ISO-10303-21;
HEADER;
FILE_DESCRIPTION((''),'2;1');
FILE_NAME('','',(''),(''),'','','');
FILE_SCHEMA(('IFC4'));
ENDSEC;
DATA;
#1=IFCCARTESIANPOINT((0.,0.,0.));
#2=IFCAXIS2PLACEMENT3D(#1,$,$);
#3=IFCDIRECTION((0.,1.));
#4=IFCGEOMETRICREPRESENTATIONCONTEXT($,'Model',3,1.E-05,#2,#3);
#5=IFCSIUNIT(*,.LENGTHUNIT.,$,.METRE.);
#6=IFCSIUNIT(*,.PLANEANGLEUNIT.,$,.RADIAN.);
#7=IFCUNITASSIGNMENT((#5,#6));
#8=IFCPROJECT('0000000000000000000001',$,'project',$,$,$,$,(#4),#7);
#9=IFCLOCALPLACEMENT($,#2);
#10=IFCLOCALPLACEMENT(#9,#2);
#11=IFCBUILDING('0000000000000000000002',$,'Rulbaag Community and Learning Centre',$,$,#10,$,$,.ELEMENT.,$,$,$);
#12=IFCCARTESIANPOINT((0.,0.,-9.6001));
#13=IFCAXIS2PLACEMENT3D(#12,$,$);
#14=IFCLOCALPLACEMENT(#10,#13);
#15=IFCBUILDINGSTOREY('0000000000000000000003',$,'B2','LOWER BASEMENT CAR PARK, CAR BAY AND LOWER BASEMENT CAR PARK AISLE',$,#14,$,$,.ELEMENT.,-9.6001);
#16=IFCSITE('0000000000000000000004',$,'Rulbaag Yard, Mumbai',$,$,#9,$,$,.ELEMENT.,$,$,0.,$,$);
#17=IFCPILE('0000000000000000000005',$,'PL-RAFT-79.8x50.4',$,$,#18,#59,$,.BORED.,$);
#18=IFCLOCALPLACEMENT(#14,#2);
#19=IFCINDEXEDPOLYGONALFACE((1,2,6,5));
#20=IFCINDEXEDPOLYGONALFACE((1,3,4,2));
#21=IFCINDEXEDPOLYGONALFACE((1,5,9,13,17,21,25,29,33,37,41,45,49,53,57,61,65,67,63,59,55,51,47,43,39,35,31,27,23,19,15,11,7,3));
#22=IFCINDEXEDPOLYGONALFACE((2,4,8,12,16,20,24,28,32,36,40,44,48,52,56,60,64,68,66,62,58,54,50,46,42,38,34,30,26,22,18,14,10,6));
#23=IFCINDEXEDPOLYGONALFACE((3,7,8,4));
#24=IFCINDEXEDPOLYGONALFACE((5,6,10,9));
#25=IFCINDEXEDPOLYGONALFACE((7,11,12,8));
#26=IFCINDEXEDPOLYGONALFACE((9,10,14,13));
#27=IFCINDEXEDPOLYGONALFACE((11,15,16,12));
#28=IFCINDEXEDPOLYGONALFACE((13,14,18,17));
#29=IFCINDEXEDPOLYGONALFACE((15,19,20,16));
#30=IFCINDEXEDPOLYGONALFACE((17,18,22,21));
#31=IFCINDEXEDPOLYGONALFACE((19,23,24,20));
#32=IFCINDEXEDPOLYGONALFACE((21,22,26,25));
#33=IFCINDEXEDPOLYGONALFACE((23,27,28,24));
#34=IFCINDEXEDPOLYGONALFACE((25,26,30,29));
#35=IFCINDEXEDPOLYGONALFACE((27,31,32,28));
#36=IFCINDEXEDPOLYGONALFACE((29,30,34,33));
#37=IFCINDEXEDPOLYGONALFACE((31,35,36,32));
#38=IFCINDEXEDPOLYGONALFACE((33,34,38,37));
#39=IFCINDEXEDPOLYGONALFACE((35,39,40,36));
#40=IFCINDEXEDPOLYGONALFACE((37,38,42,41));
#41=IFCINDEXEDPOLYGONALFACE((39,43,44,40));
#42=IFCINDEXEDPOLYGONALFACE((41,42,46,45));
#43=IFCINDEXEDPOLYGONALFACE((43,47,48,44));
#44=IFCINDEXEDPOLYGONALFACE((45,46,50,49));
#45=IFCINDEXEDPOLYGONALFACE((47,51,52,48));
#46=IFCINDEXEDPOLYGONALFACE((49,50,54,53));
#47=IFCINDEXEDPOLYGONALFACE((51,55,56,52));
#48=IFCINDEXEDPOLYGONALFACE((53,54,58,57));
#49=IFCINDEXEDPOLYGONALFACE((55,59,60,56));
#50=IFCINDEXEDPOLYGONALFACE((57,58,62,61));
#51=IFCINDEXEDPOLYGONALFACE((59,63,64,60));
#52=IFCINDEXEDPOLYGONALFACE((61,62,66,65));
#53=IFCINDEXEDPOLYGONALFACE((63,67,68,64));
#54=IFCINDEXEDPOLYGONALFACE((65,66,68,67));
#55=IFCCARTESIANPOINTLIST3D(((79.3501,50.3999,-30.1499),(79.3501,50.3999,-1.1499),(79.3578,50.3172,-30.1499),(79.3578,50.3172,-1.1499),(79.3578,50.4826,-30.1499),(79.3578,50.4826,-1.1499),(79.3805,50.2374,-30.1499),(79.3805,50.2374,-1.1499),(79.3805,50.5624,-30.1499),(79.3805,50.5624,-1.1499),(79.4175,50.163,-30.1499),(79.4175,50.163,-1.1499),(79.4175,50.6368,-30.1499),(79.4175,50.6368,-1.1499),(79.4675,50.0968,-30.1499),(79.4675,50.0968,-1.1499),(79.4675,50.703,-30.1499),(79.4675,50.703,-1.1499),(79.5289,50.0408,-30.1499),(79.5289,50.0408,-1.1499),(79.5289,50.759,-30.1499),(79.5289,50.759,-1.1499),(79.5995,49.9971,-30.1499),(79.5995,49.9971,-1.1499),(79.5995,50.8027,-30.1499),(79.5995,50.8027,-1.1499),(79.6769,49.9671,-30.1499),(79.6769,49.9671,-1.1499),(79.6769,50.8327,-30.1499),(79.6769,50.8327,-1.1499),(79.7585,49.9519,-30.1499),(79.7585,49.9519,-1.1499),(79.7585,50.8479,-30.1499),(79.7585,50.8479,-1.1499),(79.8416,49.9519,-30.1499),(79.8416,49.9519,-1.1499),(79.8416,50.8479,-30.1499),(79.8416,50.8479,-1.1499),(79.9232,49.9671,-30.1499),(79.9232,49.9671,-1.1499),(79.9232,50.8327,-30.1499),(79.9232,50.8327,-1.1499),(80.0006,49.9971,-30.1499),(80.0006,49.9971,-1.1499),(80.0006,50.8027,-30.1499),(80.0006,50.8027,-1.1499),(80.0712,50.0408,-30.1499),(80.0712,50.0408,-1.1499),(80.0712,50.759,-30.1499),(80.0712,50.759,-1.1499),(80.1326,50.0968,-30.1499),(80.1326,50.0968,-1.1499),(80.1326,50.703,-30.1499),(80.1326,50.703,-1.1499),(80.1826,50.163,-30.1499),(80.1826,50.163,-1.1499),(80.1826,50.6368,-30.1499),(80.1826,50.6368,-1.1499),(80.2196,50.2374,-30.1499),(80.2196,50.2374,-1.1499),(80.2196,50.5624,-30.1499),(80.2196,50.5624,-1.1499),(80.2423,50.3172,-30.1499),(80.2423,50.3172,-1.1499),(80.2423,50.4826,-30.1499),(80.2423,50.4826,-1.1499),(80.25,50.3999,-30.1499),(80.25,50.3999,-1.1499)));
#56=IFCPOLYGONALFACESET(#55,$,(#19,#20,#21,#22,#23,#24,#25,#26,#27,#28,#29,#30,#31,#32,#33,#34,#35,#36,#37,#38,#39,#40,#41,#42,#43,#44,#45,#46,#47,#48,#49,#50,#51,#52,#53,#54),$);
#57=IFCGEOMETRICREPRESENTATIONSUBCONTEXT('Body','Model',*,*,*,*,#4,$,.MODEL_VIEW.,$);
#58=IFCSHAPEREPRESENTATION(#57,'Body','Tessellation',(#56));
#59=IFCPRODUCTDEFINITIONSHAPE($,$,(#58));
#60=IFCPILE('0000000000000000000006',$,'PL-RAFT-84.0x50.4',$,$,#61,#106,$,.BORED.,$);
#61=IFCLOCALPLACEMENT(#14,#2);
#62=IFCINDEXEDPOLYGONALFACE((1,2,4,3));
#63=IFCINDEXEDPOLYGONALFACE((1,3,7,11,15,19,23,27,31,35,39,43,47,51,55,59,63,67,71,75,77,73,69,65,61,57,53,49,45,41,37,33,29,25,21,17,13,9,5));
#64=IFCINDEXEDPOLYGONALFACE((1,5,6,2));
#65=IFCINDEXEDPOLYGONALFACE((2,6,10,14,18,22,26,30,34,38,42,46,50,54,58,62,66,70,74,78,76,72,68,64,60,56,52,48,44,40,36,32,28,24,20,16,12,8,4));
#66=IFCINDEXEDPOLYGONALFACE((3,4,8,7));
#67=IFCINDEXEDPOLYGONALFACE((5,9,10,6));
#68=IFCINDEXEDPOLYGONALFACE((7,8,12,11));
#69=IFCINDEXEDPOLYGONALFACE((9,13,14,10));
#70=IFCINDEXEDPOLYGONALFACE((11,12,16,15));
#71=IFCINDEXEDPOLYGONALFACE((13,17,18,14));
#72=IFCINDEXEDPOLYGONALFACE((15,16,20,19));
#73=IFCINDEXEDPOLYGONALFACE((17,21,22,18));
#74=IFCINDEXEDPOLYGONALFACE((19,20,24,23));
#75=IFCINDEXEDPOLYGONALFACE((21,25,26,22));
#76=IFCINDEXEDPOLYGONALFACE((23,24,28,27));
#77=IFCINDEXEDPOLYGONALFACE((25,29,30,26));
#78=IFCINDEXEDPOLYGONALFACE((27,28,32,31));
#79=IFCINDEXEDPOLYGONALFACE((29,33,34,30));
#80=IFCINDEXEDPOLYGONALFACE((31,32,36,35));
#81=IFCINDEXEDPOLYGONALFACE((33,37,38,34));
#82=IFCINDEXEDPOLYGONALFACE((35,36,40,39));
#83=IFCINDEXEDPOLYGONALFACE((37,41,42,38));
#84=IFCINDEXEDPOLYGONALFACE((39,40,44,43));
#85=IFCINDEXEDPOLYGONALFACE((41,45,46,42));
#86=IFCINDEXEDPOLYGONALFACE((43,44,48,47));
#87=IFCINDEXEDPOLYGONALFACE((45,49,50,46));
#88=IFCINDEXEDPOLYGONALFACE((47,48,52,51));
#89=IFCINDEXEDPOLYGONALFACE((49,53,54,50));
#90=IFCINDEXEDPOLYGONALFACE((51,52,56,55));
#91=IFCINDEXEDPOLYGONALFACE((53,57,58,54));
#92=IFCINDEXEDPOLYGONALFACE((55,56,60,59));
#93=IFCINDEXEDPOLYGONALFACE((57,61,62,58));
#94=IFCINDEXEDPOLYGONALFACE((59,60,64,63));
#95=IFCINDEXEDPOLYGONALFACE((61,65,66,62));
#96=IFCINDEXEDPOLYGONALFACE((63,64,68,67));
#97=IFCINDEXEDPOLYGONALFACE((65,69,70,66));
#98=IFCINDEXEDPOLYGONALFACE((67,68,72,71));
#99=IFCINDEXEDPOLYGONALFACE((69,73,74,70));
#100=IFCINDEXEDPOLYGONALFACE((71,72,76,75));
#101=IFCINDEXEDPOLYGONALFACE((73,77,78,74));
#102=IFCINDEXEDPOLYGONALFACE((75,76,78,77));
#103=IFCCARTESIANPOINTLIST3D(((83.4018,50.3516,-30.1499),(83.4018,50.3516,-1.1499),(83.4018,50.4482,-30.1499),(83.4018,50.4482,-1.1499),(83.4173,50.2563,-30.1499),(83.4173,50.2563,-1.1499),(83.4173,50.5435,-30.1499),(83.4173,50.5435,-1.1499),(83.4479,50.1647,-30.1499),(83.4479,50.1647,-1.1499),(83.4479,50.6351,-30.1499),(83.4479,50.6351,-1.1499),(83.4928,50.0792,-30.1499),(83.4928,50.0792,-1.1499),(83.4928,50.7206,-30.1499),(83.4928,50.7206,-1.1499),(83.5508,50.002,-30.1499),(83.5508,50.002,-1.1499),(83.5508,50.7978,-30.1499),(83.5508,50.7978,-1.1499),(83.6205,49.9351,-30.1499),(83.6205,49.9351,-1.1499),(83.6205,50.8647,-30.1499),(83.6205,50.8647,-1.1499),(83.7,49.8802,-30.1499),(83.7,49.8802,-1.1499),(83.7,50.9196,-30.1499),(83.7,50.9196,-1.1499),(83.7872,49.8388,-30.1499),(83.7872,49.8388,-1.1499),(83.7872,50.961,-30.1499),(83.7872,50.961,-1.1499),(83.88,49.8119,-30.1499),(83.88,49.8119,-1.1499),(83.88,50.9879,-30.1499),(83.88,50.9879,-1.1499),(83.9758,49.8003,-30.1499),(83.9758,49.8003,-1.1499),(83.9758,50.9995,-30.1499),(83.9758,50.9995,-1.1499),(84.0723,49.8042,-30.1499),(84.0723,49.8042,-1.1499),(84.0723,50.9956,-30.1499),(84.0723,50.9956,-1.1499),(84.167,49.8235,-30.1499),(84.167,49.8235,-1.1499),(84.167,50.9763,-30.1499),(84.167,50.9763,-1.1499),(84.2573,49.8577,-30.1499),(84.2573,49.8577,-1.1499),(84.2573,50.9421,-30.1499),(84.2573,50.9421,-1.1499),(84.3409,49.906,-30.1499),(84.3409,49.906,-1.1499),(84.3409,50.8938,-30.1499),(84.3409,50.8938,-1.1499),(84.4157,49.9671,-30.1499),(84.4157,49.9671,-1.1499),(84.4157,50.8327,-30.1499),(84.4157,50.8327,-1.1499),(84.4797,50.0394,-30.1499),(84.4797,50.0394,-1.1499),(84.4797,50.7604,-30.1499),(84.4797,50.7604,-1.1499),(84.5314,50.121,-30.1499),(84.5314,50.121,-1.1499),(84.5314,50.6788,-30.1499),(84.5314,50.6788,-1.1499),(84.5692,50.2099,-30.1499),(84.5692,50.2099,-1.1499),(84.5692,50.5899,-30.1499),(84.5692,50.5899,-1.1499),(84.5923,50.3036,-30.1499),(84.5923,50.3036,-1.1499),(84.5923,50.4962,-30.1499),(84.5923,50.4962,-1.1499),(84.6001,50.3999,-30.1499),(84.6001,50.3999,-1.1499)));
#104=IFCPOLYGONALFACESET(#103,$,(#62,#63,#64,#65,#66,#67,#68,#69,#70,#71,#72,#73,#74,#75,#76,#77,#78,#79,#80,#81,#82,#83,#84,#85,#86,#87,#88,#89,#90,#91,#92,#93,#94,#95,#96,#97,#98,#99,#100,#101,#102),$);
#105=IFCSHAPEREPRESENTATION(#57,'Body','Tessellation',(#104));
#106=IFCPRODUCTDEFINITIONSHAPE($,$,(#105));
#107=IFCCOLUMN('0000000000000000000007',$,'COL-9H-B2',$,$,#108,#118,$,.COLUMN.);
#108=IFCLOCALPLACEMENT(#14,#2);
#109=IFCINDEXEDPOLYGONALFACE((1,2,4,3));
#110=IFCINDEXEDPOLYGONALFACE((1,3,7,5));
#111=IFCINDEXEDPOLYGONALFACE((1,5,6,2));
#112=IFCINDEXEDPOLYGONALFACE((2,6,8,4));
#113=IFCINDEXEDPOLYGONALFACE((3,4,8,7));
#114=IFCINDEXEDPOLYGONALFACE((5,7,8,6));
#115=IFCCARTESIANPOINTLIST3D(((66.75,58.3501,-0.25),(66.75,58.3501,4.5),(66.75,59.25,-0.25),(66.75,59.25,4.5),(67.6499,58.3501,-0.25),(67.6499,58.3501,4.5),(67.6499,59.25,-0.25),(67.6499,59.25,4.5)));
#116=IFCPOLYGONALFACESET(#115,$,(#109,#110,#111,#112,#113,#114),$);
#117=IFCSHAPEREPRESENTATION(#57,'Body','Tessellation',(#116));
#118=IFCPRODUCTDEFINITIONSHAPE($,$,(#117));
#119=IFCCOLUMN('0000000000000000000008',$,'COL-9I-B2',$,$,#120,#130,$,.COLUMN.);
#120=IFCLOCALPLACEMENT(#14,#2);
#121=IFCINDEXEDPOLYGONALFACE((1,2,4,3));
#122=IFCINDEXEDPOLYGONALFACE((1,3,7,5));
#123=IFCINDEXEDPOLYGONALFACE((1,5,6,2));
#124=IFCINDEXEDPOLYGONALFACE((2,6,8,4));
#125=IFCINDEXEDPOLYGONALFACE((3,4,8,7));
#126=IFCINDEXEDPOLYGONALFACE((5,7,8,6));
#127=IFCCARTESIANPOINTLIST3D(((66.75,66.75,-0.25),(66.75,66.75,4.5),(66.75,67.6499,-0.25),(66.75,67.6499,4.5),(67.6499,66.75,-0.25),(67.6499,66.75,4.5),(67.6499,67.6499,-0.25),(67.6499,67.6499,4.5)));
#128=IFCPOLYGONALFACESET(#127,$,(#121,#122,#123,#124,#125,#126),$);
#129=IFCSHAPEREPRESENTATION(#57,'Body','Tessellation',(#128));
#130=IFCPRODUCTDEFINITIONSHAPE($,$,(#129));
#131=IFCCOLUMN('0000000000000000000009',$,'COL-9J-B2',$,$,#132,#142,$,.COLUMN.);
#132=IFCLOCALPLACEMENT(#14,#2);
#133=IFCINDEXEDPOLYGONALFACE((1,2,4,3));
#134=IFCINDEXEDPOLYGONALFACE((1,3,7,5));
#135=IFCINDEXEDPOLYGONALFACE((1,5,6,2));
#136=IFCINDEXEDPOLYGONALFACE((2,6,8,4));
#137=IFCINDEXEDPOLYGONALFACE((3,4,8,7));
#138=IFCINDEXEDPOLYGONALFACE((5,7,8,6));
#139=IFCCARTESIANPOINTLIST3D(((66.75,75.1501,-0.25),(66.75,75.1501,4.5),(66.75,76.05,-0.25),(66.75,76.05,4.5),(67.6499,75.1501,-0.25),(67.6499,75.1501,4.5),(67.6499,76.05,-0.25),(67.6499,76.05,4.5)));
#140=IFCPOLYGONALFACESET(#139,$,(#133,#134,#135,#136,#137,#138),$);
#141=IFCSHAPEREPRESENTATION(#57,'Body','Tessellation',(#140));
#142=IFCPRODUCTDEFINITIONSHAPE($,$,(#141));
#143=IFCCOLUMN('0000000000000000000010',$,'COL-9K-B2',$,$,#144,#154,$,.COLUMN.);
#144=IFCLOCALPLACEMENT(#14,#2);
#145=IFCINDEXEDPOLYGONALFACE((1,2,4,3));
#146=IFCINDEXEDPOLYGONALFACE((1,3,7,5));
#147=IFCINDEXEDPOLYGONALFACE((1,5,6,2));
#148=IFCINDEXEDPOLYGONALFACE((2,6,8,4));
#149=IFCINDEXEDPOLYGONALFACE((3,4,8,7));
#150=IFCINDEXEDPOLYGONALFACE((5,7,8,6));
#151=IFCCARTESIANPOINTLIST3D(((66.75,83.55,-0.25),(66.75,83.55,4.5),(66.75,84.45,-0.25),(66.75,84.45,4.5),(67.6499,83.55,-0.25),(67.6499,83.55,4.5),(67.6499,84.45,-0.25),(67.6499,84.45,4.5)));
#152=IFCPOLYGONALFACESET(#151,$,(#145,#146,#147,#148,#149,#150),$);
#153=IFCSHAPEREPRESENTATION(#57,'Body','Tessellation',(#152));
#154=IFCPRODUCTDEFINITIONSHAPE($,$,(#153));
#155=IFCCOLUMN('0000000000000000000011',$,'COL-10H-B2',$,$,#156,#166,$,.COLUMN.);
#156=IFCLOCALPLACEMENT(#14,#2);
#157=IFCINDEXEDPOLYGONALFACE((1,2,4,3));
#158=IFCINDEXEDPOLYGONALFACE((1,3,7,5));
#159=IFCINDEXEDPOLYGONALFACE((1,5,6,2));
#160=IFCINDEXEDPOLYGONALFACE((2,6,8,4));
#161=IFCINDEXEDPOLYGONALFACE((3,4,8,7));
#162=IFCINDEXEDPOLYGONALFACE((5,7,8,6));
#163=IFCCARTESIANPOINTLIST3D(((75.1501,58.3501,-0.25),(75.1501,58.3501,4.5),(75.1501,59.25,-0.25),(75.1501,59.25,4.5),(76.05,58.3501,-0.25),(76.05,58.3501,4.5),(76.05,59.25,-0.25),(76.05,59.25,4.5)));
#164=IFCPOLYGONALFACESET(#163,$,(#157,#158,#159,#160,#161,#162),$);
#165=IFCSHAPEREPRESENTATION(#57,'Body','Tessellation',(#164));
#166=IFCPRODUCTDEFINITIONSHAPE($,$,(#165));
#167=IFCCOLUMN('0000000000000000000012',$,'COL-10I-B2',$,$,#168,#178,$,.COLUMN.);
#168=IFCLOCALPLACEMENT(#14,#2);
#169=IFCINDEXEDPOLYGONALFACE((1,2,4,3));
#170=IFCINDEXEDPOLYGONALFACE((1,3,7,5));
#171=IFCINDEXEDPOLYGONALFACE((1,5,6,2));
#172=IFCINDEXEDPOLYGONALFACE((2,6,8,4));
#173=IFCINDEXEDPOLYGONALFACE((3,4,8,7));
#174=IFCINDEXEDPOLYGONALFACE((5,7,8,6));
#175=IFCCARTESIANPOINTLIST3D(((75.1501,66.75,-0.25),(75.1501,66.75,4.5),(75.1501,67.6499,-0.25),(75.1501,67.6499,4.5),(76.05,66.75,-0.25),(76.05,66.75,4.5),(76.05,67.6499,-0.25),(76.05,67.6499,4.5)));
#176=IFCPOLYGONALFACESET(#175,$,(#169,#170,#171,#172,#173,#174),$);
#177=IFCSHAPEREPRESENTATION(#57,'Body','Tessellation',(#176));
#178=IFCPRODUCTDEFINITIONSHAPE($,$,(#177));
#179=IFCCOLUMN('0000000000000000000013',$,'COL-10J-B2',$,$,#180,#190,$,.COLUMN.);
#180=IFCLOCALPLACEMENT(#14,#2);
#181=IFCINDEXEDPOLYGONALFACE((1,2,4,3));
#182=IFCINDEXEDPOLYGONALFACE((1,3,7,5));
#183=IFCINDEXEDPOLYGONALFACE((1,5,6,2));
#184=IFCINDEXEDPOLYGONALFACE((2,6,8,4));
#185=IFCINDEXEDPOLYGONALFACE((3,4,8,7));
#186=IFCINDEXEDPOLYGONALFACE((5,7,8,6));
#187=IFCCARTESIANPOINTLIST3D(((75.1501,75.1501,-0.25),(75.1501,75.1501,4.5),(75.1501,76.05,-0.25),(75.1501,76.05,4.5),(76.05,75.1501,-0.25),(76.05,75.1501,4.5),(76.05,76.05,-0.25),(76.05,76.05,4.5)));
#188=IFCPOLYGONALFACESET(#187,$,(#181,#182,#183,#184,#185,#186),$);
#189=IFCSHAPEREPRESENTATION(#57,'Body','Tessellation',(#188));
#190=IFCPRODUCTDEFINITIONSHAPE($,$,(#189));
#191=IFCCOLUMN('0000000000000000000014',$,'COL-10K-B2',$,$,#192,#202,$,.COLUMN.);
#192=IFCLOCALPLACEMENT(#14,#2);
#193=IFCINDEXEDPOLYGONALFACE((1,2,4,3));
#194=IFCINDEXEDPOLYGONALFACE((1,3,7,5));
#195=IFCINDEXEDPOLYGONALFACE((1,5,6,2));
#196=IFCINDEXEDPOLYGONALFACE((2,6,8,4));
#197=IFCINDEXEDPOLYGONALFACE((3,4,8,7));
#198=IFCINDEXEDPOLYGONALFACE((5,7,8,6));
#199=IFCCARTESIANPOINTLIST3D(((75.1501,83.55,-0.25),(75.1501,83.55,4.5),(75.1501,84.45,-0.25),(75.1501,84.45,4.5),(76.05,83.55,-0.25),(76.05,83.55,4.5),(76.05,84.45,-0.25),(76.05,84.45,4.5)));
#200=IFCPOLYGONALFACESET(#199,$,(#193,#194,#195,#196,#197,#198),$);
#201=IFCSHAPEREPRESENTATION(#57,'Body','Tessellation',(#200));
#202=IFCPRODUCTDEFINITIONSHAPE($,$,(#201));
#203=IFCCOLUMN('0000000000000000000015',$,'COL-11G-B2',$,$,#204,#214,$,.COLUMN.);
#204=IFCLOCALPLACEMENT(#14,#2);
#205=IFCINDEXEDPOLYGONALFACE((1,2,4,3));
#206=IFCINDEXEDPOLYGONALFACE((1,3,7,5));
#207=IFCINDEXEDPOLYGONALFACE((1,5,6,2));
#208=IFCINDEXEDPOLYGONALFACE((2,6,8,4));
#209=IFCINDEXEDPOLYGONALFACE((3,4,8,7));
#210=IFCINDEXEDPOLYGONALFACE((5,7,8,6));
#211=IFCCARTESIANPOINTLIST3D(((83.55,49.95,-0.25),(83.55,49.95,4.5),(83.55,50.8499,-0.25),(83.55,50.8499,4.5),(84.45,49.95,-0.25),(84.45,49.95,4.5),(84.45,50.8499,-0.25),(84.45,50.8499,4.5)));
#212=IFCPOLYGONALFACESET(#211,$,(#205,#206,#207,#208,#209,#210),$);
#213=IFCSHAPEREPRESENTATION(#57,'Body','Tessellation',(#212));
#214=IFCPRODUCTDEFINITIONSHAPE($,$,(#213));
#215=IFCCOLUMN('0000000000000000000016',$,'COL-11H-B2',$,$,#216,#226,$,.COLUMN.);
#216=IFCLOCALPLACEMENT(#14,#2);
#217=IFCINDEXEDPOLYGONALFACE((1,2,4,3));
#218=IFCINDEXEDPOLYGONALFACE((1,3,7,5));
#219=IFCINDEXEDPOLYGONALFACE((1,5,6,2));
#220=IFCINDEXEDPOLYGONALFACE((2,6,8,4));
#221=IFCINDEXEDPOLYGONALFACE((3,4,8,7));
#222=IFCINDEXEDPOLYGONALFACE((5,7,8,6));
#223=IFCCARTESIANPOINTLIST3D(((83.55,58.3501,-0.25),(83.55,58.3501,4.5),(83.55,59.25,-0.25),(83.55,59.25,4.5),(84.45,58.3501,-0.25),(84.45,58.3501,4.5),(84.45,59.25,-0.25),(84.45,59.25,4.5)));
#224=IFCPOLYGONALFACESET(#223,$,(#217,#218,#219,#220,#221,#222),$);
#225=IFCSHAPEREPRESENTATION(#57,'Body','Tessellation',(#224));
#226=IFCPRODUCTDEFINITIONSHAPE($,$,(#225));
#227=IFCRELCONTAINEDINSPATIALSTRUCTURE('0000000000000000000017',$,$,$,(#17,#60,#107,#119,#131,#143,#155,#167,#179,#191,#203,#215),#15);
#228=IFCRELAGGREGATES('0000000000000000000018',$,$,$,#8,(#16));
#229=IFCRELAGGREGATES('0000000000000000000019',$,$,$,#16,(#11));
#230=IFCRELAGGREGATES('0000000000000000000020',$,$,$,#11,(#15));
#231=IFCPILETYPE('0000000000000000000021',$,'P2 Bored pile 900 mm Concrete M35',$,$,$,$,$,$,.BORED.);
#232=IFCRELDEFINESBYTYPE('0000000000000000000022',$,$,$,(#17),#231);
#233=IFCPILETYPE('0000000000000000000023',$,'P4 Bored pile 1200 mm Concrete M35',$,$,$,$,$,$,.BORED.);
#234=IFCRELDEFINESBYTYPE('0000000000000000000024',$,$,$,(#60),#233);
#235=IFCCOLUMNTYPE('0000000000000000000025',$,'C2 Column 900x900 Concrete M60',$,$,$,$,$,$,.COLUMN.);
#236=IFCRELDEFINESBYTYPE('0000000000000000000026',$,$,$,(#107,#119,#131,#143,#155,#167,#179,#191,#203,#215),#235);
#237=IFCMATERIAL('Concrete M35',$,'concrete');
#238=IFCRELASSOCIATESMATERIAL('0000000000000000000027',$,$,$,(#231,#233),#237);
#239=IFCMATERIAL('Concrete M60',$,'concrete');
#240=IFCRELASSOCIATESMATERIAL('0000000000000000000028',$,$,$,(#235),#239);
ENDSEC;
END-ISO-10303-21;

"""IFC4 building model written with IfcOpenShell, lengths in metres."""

from ifc_helpers import new_model, si_unit, direction, frame, origin, origin_2d, place, context, subcontext, project, spatial, rectangle, circle, extrude, material, material_profile, profile_set, type_object, element, save


model = new_model("IFC4")

# Units and contexts
model_context = context("Model", 3, precision=1e-05, world=origin(), true_north=direction((0.0, 1.0)))
body_context = subcontext(model_context, "Body", "Model", "MODEL_VIEW")
ifc_project = project(units=[si_unit("LENGTHUNIT", "METRE"), si_unit("PLANEANGLEUNIT", "RADIAN")], contexts=[model_context])

# Site, building, storey
site_placement = place(None, origin())
site = spatial("IfcSite", under=ifc_project, at=site_placement, Name="Rulbaag Yard, Mumbai", CompositionType="ELEMENT", RefElevation=0.0)
building_placement = place(site_placement, origin())
building = spatial("IfcBuilding", under=site, at=building_placement, Name="Rulbaag Community and Learning Centre", CompositionType="ELEMENT")
storey_placement = place(building_placement, frame((0.0, 0.0, -9.6001)))
storey = spatial("IfcBuildingStorey", under=building, at=storey_placement, Name="B2", Description="LOWER BASEMENT CAR PARK, CAR BAY AND LOWER BASEMENT CAR PARK AISLE", CompositionType="ELEMENT", Elevation=-9.6001)

# Piles
ifc_material_1 = material(Name="Concrete M35", Category="concrete")
ifc_material_profile_1 = material_profile(ifc_material_1, circle(Radius=0.45, at=origin_2d()), Name="BP900")
ifc_profile_set_1 = profile_set([ifc_material_profile_1], Name="Concrete M35")
pile_type_1 = type_object("IfcPileType", Name="P2 Bored pile 900 mm Concrete M35", PredefinedType="BORED", material=ifc_profile_set_1)
pile_1_placement = place(storey_placement, frame((79.8, 50.3999, -1.1499), z_axis=(0.0, 0.0, -1.0), x_axis=(1.0, 0.0, 0.0)))
element("IfcPile", 1, at=pile_1_placement, inside=storey, type_object=pile_type_1, Name="PL-RAFT-79.8x50.4", PredefinedType="BORED", context=body_context, shape_type="SweptSolid", body=[
    extrude(circle(Radius=0.45, at=origin_2d()), origin(), (0.0, 0.0, 1.0), 29.0),
])
ifc_material_profile_2 = material_profile(ifc_material_1, circle(Radius=0.6001, at=origin_2d()), Name="BP1200")
ifc_profile_set_2 = profile_set([ifc_material_profile_2], Name="Concrete M35")
pile_type_2 = type_object("IfcPileType", Name="P4 Bored pile 1200 mm Concrete M35", PredefinedType="BORED", material=ifc_profile_set_2)
pile_2_placement = place(storey_placement, frame((84.0, 50.3999, -1.1499), z_axis=(0.0, 0.0, -1.0), x_axis=(1.0, 0.0, 0.0)))
element("IfcPile", 2, at=pile_2_placement, inside=storey, type_object=pile_type_2, Name="PL-RAFT-84.0x50.4", PredefinedType="BORED", context=body_context, shape_type="SweptSolid", body=[
    extrude(circle(Radius=0.6001, at=origin_2d()), origin(), (0.0, 0.0, 1.0), 29.0),
])

# Columns
ifc_material_2 = material(Name="Concrete M60", Category="concrete")
ifc_material_profile_3 = material_profile(ifc_material_2, rectangle(XDim=0.8999, YDim=0.8999, at=origin_2d()), Name="RC900x900")
ifc_profile_set_3 = profile_set([ifc_material_profile_3], Name="Concrete M60")
column_type = type_object("IfcColumnType", Name="C2 Column 900x900 Concrete M60", PredefinedType="COLUMN", material=ifc_profile_set_3)
for number, where, z_axis, x_axis, name in (
    (3, (67.2, 58.8, -0.25), (0.0, 0.0, 1.0), (1.0, 0.0, 0.0), "COL-9H-B2"),
    (4, (67.2, 67.2, -0.25), (0.0, 0.0, 1.0), (1.0, 0.0, 0.0), "COL-9I-B2"),
    (5, (67.2, 75.6001, -0.25), (0.0, 0.0, 1.0), (1.0, 0.0, 0.0), "COL-9J-B2"),
    (6, (67.2, 84.0, -0.25), (0.0, 0.0, 1.0), (1.0, 0.0, 0.0), "COL-9K-B2"),
    (7, (75.6001, 58.8, -0.25), (0.0, 0.0, 1.0), (1.0, 0.0, 0.0), "COL-10H-B2"),
    (8, (75.6001, 67.2, -0.25), (0.0, 0.0, 1.0), (1.0, 0.0, 0.0), "COL-10I-B2"),
    (9, (75.6001, 75.6001, -0.25), (0.0, 0.0, 1.0), (1.0, 0.0, 0.0), "COL-10J-B2"),
    (10, (75.6001, 84.0, -0.25), (0.0, 0.0, 1.0), (1.0, 0.0, 0.0), "COL-10K-B2"),
    (11, (84.0, 50.3999, -0.25), (0.0, 0.0, 1.0), (1.0, 0.0, 0.0), "COL-11G-B2"),
    (12, (84.0, 58.8, -0.25), (0.0, 0.0, 1.0), (1.0, 0.0, 0.0), "COL-11H-B2"),
):
    element("IfcColumn", number, at=place(storey_placement, frame(where, z_axis=z_axis, x_axis=x_axis)), inside=storey, type_object=column_type, Name=name, PredefinedType="COLUMN", context=body_context, shape_type="SweptSolid", body=[
        extrude(rectangle(XDim=0.8999, YDim=0.8999, at=origin_2d()), origin(), (0.0, 0.0, 1.0), 4.75),
    ])

save(model, "model.ifc")
